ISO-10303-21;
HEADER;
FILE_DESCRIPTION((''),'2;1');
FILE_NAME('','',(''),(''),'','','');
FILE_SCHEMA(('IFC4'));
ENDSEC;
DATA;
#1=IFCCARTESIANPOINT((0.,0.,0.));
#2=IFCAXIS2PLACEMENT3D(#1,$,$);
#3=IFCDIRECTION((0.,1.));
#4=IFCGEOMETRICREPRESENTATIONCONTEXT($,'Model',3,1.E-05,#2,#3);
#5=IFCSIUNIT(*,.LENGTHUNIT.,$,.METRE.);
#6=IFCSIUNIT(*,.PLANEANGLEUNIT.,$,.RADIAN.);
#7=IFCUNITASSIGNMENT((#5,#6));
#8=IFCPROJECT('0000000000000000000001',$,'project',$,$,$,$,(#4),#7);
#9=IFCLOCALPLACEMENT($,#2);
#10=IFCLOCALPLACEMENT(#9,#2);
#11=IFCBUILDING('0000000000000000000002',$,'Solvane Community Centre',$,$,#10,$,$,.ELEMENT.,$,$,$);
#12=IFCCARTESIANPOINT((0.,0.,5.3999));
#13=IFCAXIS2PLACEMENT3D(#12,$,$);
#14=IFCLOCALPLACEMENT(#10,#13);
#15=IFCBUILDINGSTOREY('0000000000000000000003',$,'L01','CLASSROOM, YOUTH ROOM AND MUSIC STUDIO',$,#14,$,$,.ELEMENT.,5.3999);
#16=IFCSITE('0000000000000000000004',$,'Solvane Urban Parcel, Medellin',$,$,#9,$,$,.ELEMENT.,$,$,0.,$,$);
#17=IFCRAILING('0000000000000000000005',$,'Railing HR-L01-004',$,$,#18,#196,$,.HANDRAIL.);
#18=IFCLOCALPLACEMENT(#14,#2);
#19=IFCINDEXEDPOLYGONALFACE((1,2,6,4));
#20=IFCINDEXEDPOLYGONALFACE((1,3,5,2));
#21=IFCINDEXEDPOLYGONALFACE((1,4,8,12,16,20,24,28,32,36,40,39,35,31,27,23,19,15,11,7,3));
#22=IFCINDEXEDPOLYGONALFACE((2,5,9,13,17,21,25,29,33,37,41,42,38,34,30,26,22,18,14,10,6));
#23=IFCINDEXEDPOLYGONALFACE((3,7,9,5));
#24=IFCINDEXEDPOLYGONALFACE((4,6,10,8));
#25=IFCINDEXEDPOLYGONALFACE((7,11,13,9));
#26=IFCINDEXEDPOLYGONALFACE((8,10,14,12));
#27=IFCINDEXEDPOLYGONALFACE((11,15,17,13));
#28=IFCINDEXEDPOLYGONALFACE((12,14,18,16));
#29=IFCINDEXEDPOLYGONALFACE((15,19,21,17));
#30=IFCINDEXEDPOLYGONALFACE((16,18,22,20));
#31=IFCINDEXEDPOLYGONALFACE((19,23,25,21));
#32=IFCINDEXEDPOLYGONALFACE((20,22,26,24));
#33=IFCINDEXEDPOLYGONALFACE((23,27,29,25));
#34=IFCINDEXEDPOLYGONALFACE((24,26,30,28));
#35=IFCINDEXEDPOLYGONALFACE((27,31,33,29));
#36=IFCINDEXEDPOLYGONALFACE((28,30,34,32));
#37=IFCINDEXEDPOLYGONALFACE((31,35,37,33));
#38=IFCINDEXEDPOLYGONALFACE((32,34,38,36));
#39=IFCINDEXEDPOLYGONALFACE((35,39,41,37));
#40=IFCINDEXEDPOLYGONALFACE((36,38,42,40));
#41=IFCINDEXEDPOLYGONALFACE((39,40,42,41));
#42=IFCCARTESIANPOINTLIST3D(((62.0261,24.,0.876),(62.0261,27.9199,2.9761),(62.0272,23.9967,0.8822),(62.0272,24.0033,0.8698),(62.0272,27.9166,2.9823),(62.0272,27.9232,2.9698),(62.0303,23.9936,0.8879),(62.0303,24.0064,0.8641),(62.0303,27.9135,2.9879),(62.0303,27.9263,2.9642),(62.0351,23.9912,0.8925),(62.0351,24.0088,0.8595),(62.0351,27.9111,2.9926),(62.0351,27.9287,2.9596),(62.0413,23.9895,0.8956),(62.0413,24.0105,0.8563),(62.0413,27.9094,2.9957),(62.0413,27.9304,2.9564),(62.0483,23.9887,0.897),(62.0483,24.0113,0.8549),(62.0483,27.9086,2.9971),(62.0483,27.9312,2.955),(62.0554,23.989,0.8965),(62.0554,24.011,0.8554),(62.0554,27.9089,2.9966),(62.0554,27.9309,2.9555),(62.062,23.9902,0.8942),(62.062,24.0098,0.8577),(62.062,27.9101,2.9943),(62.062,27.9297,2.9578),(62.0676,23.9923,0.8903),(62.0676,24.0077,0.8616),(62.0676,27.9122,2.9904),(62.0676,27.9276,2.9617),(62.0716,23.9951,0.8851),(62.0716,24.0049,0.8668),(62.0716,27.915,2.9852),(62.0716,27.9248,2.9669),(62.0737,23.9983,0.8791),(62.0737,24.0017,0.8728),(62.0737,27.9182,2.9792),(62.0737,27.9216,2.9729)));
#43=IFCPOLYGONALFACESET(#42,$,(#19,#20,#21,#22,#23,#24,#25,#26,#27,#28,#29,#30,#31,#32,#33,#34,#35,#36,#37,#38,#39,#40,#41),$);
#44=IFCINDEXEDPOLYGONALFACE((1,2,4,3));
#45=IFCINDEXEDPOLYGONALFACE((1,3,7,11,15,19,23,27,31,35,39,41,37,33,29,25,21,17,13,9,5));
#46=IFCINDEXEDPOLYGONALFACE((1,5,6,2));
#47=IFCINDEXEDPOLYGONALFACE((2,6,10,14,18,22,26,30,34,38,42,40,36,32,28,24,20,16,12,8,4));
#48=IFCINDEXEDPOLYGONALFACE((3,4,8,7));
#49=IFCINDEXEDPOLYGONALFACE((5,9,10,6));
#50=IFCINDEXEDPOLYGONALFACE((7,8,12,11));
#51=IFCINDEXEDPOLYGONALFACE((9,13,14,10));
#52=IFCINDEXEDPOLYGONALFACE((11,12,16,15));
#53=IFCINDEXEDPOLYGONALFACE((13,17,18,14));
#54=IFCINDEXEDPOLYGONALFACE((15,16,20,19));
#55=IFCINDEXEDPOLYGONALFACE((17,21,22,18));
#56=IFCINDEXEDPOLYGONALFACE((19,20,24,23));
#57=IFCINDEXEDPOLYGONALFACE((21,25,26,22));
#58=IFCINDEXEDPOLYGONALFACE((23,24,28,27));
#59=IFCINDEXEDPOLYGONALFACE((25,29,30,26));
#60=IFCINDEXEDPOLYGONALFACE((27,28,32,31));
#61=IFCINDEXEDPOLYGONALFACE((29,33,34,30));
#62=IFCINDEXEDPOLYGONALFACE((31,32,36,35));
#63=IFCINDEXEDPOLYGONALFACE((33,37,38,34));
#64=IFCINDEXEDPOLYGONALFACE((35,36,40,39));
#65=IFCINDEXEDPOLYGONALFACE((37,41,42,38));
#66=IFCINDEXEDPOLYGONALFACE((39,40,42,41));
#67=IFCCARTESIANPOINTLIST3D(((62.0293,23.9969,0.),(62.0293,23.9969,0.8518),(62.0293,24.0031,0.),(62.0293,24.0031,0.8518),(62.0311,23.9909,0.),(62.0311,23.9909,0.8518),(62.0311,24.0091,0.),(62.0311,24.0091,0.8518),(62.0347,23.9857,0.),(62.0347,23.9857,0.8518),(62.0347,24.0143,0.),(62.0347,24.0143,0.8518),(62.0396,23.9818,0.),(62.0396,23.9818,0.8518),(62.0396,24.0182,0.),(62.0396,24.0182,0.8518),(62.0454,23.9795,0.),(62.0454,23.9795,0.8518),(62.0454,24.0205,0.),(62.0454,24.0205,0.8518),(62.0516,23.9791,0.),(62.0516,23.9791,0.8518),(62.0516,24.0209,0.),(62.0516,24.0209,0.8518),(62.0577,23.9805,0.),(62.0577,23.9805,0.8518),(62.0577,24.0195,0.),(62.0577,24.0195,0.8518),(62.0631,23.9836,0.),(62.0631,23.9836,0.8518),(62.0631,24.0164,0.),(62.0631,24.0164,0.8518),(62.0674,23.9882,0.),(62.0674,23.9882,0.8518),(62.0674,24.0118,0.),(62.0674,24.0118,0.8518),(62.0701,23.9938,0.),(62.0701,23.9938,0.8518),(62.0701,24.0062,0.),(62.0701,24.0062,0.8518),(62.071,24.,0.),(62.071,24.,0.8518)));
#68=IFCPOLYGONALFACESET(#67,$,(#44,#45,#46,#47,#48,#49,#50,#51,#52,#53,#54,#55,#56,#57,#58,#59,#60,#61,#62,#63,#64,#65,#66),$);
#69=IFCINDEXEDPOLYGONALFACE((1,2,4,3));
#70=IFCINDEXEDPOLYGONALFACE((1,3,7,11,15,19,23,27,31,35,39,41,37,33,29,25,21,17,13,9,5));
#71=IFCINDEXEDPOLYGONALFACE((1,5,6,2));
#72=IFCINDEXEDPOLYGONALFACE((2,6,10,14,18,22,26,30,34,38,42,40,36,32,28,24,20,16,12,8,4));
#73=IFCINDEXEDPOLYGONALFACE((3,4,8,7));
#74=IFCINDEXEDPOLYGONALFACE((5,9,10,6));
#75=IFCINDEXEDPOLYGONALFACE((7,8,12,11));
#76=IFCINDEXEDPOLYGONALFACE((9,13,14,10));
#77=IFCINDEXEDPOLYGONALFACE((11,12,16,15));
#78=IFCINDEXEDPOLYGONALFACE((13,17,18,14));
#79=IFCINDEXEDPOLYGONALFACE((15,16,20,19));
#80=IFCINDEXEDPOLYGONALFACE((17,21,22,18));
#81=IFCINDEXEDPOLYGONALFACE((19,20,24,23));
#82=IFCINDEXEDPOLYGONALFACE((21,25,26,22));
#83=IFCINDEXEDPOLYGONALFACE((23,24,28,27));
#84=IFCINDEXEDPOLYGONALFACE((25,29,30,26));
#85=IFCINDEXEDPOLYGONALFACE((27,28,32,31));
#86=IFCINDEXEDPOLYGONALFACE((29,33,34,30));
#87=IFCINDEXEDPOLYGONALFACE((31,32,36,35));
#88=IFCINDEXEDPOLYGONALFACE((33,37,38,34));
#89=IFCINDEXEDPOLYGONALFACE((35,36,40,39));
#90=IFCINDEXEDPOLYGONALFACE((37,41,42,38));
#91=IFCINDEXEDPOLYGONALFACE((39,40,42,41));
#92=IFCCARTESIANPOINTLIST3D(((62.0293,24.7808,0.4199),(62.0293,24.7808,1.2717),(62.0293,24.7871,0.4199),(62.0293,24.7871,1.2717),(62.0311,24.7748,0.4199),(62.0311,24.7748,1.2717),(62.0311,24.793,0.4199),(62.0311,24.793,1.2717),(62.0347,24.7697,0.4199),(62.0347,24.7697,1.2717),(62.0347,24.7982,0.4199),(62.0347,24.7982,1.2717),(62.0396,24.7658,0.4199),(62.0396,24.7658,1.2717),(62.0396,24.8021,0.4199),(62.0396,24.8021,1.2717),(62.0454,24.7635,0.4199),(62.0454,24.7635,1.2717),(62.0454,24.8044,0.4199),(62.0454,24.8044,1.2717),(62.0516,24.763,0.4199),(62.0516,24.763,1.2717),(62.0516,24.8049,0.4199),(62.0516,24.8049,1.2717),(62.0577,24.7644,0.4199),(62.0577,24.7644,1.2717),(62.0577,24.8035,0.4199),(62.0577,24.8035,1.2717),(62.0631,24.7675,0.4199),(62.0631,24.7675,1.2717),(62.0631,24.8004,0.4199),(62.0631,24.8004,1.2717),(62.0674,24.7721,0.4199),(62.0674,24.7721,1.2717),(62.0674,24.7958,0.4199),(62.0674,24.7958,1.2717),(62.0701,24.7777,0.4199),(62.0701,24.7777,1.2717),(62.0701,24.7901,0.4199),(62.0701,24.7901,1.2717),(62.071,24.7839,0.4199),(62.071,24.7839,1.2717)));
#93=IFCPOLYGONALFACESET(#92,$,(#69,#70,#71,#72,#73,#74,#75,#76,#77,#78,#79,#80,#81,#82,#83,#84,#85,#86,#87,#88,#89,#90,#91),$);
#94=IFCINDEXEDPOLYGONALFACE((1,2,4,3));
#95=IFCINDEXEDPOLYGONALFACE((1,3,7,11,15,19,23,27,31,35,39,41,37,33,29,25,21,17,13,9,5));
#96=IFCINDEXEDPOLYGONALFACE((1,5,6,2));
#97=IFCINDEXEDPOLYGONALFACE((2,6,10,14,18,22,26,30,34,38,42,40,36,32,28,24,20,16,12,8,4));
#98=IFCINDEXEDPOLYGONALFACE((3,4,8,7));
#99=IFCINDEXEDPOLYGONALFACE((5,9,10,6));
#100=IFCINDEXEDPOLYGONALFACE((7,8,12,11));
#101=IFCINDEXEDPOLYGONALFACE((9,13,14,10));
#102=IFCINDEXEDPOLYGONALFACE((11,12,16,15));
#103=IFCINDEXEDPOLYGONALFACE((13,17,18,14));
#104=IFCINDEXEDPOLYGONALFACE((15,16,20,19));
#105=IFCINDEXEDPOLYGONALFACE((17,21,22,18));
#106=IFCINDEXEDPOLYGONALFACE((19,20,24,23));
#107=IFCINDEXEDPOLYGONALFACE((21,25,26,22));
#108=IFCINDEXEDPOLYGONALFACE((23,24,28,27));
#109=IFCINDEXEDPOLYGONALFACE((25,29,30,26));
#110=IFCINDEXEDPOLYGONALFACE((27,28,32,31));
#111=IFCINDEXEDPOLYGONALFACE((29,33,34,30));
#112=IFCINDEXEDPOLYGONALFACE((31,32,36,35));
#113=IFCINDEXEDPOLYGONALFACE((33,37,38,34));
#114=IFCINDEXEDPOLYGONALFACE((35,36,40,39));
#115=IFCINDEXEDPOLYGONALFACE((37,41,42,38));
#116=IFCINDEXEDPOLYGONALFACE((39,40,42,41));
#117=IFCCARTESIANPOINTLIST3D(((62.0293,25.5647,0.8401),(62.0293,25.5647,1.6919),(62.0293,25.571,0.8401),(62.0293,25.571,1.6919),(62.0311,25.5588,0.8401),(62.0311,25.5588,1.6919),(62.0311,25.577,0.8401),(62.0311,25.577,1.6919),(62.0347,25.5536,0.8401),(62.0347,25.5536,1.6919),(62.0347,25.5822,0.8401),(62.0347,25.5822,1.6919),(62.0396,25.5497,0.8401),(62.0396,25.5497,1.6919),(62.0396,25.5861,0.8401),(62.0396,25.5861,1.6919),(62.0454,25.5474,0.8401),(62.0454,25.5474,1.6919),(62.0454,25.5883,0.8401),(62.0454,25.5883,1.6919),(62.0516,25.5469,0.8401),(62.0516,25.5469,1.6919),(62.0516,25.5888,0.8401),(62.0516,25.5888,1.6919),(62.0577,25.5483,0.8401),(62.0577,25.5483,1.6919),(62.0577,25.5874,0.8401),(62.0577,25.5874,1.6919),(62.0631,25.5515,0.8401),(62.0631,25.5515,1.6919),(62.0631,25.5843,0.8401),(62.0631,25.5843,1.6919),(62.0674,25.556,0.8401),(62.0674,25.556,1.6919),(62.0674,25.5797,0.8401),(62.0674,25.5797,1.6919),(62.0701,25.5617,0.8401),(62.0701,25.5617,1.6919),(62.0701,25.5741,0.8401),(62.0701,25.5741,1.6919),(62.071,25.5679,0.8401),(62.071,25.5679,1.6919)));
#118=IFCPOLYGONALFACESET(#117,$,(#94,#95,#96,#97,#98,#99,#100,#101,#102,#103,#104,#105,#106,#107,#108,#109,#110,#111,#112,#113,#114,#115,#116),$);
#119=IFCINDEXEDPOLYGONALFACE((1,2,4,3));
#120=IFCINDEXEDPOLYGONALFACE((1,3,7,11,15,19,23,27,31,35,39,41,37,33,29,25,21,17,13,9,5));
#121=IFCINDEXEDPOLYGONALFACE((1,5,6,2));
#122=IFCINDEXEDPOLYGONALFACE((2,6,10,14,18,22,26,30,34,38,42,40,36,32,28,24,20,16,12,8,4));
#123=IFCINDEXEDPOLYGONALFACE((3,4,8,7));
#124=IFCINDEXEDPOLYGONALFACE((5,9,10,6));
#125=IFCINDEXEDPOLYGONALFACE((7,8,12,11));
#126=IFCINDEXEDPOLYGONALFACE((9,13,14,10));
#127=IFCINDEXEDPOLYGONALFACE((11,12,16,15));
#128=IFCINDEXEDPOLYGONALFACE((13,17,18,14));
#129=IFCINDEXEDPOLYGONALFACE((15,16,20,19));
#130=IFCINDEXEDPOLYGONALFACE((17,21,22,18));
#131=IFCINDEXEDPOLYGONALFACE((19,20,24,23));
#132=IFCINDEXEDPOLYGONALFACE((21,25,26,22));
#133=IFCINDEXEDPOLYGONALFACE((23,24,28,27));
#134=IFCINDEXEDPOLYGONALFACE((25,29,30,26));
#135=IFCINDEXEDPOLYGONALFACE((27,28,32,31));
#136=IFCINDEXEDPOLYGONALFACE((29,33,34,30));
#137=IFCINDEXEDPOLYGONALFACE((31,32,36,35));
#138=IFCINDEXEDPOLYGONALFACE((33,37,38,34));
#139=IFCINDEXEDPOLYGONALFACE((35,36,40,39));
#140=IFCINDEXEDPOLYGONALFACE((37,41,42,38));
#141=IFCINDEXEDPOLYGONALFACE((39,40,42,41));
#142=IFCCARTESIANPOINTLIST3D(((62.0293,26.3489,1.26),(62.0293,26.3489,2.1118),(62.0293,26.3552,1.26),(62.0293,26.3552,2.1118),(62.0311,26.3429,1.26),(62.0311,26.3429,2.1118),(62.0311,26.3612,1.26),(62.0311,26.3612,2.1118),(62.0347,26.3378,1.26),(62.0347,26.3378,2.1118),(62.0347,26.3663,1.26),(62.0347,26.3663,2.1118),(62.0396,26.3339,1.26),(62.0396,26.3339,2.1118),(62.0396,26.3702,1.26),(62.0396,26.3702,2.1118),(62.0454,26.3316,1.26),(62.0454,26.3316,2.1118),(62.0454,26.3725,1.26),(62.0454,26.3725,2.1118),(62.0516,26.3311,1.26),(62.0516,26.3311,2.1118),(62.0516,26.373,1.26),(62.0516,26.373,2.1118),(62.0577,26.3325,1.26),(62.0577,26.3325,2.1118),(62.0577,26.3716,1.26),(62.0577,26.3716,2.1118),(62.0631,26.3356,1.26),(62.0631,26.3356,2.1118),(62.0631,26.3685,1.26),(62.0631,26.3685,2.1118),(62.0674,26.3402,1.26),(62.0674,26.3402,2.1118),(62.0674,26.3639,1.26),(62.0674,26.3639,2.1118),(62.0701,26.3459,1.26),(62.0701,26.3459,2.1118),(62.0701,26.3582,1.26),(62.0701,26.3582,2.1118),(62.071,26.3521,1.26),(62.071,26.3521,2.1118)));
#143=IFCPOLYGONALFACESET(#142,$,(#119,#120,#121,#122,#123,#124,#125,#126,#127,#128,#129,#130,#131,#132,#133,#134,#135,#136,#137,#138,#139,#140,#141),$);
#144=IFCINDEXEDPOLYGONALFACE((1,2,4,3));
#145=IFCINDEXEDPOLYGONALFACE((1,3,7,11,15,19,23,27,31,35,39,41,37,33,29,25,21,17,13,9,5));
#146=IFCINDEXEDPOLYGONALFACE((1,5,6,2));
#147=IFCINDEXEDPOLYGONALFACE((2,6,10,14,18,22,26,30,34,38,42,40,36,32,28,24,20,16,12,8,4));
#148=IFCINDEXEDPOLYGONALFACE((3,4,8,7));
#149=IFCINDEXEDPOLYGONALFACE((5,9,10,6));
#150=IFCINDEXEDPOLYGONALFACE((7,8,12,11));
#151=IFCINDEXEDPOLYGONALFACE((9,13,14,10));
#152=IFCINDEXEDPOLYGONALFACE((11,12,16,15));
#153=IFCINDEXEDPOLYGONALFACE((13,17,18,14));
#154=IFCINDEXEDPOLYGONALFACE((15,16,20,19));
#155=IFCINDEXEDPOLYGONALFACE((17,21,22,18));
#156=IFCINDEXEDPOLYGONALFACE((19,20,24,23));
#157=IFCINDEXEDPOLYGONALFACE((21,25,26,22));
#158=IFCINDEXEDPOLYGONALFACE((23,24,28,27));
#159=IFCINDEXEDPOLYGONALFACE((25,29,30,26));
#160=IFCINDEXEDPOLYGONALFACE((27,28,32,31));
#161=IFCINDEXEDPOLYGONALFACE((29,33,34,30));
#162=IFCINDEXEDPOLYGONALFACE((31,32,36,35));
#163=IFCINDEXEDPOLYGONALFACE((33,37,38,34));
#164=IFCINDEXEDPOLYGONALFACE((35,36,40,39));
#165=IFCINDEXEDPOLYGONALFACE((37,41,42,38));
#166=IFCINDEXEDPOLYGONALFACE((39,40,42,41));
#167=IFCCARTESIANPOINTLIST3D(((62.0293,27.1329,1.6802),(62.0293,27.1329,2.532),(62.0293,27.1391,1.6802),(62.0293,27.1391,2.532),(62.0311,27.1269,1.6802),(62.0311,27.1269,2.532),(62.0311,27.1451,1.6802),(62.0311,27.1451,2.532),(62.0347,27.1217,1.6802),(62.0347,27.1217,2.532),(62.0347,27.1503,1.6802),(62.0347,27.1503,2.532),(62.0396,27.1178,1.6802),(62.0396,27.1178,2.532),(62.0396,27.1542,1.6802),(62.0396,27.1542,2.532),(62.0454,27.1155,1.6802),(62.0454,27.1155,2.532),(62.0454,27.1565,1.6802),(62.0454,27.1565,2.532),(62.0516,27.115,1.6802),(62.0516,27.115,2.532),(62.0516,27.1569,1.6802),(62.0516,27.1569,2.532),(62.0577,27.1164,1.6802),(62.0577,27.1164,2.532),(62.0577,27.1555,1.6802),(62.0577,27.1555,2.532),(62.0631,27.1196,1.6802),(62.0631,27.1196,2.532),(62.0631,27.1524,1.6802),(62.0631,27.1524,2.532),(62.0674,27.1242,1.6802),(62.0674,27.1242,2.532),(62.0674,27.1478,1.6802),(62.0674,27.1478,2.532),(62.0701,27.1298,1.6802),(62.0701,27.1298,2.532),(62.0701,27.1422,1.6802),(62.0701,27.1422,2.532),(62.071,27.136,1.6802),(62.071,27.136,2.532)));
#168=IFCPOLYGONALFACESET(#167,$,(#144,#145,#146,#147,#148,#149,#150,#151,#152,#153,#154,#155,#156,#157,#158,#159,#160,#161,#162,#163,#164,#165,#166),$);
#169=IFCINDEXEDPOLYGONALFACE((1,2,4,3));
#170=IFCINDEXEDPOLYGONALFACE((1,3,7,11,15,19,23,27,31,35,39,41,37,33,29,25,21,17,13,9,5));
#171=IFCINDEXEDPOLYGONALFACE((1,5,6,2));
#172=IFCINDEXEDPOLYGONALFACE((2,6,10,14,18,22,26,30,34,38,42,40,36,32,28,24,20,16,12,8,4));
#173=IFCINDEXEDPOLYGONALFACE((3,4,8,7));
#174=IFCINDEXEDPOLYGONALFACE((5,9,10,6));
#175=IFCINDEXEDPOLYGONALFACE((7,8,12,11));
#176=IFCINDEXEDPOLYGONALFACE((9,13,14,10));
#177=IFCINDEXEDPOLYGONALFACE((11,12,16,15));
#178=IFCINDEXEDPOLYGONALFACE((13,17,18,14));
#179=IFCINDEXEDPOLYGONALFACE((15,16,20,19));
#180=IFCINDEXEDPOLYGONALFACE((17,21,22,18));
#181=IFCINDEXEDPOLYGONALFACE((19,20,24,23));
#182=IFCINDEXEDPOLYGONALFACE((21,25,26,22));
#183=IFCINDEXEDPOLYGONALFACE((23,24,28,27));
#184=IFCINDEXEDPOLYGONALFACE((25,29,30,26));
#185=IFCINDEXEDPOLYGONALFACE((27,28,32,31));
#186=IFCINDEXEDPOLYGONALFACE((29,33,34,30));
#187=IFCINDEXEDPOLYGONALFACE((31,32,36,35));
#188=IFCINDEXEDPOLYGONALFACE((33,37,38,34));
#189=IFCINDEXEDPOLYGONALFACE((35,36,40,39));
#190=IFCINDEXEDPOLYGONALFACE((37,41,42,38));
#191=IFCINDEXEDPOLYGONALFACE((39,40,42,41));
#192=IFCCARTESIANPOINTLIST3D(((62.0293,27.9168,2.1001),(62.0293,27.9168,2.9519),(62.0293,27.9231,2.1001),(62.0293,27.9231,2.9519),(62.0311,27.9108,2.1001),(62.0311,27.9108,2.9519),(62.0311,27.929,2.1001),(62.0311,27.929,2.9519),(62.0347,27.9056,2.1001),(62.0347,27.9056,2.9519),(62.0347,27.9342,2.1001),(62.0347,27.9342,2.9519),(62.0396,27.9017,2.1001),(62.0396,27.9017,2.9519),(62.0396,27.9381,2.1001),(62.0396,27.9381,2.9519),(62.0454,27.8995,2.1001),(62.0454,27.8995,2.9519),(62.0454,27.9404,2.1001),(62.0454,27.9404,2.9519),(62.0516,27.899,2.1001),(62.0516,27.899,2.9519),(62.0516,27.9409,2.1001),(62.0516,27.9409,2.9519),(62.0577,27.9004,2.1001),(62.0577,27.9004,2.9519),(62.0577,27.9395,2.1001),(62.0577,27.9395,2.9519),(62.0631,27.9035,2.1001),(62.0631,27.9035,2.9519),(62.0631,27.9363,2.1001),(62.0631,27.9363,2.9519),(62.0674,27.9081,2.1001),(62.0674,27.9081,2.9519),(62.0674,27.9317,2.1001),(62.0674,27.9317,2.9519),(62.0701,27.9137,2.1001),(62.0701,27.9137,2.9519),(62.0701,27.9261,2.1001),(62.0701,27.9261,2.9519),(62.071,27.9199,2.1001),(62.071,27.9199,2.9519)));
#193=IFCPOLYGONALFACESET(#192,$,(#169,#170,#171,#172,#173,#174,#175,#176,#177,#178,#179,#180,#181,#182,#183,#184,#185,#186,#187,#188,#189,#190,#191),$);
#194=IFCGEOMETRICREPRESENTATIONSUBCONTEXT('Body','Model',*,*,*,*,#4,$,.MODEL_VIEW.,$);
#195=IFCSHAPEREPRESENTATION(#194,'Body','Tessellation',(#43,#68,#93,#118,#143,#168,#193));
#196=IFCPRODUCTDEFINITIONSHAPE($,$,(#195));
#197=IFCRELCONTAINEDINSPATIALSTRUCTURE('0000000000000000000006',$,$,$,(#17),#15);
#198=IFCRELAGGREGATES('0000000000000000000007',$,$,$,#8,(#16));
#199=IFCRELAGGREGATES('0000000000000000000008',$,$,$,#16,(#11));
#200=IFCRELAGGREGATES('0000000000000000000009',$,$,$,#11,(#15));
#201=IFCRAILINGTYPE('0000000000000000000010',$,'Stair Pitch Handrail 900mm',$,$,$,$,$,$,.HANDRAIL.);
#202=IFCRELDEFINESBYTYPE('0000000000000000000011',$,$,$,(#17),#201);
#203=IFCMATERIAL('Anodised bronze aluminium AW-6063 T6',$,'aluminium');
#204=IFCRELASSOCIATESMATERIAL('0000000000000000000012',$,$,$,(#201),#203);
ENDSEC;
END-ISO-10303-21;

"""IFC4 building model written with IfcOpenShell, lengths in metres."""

from ifc_helpers import new_model, si_unit, direction, frame, origin, origin_2d, place, context, subcontext, project, spatial, circle, extrude, material, type_object, element, save


model = new_model("IFC4")

# Units and contexts
model_context = context("Model", 3, precision=1e-05, world=origin(), true_north=direction((0.0, 1.0)))
body_context = subcontext(model_context, "Body", "Model", "MODEL_VIEW")
ifc_project = project(units=[si_unit("LENGTHUNIT", "METRE"), si_unit("PLANEANGLEUNIT", "RADIAN")], contexts=[model_context])

# Site, building, storey
site_placement = place(None, origin())
site = spatial("IfcSite", under=ifc_project, at=site_placement, Name="Solvane Urban Parcel, Medellin", CompositionType="ELEMENT", RefElevation=0.0)
building_placement = place(site_placement, origin())
building = spatial("IfcBuilding", under=site, at=building_placement, Name="Solvane Community Centre", CompositionType="ELEMENT")
storey_placement = place(building_placement, frame((0.0, 0.0, 5.3999)))
storey = spatial("IfcBuildingStorey", under=building, at=storey_placement, Name="L01", Description="CLASSROOM, YOUTH ROOM AND MUSIC STUDIO", CompositionType="ELEMENT", Elevation=5.3999)

# Shared definitions
ifc_material_1 = material(Name="Anodised bronze aluminium AW-6063 T6", Category="aluminium")

# Railing
railing_type_1 = type_object("IfcRailingType", Name="Stair Pitch Handrail 900mm", PredefinedType="HANDRAIL", material=ifc_material_1)
railing_1_placement = place(storey_placement, frame((62.05, 24.0, 0.0)))
element("IfcRailing", 1, at=railing_1_placement, inside=storey, type_object=railing_type_1, Name="Railing HR-L01-004", PredefinedType="HANDRAIL", context=body_context, shape_type="SweptSolid", body=[
    extrude(circle(Radius=0.0239, at=origin_2d()), frame((0.0, 0.0, 0.876), z_axis=(0.0, 0.881467, 0.472246), x_axis=(-1.0, 0.0, 0.0)), (0.0, 0.0, 1.0), 4.447),
    extrude(circle(Radius=0.021, at=origin_2d()), origin(), (0.0, 0.0, 1.0), 0.8518),
    extrude(circle(Radius=0.021, at=origin_2d()), frame((0.0, 0.7839, 0.4199)), (0.0, 0.0, 1.0), 0.8518),
    extrude(circle(Radius=0.021, at=origin_2d()), frame((0.0, 1.5679, 0.8401)), (0.0, 0.0, 1.0), 0.8518),
    extrude(circle(Radius=0.021, at=origin_2d()), frame((0.0, 2.3521, 1.26)), (0.0, 0.0, 1.0), 0.8518),
    extrude(circle(Radius=0.021, at=origin_2d()), frame((0.0, 3.136, 1.6802)), (0.0, 0.0, 1.0), 0.8518),
    extrude(circle(Radius=0.021, at=origin_2d()), frame((0.0, 3.9199, 2.1001)), (0.0, 0.0, 1.0), 0.8518),
])

save(model, "model.ifc")
